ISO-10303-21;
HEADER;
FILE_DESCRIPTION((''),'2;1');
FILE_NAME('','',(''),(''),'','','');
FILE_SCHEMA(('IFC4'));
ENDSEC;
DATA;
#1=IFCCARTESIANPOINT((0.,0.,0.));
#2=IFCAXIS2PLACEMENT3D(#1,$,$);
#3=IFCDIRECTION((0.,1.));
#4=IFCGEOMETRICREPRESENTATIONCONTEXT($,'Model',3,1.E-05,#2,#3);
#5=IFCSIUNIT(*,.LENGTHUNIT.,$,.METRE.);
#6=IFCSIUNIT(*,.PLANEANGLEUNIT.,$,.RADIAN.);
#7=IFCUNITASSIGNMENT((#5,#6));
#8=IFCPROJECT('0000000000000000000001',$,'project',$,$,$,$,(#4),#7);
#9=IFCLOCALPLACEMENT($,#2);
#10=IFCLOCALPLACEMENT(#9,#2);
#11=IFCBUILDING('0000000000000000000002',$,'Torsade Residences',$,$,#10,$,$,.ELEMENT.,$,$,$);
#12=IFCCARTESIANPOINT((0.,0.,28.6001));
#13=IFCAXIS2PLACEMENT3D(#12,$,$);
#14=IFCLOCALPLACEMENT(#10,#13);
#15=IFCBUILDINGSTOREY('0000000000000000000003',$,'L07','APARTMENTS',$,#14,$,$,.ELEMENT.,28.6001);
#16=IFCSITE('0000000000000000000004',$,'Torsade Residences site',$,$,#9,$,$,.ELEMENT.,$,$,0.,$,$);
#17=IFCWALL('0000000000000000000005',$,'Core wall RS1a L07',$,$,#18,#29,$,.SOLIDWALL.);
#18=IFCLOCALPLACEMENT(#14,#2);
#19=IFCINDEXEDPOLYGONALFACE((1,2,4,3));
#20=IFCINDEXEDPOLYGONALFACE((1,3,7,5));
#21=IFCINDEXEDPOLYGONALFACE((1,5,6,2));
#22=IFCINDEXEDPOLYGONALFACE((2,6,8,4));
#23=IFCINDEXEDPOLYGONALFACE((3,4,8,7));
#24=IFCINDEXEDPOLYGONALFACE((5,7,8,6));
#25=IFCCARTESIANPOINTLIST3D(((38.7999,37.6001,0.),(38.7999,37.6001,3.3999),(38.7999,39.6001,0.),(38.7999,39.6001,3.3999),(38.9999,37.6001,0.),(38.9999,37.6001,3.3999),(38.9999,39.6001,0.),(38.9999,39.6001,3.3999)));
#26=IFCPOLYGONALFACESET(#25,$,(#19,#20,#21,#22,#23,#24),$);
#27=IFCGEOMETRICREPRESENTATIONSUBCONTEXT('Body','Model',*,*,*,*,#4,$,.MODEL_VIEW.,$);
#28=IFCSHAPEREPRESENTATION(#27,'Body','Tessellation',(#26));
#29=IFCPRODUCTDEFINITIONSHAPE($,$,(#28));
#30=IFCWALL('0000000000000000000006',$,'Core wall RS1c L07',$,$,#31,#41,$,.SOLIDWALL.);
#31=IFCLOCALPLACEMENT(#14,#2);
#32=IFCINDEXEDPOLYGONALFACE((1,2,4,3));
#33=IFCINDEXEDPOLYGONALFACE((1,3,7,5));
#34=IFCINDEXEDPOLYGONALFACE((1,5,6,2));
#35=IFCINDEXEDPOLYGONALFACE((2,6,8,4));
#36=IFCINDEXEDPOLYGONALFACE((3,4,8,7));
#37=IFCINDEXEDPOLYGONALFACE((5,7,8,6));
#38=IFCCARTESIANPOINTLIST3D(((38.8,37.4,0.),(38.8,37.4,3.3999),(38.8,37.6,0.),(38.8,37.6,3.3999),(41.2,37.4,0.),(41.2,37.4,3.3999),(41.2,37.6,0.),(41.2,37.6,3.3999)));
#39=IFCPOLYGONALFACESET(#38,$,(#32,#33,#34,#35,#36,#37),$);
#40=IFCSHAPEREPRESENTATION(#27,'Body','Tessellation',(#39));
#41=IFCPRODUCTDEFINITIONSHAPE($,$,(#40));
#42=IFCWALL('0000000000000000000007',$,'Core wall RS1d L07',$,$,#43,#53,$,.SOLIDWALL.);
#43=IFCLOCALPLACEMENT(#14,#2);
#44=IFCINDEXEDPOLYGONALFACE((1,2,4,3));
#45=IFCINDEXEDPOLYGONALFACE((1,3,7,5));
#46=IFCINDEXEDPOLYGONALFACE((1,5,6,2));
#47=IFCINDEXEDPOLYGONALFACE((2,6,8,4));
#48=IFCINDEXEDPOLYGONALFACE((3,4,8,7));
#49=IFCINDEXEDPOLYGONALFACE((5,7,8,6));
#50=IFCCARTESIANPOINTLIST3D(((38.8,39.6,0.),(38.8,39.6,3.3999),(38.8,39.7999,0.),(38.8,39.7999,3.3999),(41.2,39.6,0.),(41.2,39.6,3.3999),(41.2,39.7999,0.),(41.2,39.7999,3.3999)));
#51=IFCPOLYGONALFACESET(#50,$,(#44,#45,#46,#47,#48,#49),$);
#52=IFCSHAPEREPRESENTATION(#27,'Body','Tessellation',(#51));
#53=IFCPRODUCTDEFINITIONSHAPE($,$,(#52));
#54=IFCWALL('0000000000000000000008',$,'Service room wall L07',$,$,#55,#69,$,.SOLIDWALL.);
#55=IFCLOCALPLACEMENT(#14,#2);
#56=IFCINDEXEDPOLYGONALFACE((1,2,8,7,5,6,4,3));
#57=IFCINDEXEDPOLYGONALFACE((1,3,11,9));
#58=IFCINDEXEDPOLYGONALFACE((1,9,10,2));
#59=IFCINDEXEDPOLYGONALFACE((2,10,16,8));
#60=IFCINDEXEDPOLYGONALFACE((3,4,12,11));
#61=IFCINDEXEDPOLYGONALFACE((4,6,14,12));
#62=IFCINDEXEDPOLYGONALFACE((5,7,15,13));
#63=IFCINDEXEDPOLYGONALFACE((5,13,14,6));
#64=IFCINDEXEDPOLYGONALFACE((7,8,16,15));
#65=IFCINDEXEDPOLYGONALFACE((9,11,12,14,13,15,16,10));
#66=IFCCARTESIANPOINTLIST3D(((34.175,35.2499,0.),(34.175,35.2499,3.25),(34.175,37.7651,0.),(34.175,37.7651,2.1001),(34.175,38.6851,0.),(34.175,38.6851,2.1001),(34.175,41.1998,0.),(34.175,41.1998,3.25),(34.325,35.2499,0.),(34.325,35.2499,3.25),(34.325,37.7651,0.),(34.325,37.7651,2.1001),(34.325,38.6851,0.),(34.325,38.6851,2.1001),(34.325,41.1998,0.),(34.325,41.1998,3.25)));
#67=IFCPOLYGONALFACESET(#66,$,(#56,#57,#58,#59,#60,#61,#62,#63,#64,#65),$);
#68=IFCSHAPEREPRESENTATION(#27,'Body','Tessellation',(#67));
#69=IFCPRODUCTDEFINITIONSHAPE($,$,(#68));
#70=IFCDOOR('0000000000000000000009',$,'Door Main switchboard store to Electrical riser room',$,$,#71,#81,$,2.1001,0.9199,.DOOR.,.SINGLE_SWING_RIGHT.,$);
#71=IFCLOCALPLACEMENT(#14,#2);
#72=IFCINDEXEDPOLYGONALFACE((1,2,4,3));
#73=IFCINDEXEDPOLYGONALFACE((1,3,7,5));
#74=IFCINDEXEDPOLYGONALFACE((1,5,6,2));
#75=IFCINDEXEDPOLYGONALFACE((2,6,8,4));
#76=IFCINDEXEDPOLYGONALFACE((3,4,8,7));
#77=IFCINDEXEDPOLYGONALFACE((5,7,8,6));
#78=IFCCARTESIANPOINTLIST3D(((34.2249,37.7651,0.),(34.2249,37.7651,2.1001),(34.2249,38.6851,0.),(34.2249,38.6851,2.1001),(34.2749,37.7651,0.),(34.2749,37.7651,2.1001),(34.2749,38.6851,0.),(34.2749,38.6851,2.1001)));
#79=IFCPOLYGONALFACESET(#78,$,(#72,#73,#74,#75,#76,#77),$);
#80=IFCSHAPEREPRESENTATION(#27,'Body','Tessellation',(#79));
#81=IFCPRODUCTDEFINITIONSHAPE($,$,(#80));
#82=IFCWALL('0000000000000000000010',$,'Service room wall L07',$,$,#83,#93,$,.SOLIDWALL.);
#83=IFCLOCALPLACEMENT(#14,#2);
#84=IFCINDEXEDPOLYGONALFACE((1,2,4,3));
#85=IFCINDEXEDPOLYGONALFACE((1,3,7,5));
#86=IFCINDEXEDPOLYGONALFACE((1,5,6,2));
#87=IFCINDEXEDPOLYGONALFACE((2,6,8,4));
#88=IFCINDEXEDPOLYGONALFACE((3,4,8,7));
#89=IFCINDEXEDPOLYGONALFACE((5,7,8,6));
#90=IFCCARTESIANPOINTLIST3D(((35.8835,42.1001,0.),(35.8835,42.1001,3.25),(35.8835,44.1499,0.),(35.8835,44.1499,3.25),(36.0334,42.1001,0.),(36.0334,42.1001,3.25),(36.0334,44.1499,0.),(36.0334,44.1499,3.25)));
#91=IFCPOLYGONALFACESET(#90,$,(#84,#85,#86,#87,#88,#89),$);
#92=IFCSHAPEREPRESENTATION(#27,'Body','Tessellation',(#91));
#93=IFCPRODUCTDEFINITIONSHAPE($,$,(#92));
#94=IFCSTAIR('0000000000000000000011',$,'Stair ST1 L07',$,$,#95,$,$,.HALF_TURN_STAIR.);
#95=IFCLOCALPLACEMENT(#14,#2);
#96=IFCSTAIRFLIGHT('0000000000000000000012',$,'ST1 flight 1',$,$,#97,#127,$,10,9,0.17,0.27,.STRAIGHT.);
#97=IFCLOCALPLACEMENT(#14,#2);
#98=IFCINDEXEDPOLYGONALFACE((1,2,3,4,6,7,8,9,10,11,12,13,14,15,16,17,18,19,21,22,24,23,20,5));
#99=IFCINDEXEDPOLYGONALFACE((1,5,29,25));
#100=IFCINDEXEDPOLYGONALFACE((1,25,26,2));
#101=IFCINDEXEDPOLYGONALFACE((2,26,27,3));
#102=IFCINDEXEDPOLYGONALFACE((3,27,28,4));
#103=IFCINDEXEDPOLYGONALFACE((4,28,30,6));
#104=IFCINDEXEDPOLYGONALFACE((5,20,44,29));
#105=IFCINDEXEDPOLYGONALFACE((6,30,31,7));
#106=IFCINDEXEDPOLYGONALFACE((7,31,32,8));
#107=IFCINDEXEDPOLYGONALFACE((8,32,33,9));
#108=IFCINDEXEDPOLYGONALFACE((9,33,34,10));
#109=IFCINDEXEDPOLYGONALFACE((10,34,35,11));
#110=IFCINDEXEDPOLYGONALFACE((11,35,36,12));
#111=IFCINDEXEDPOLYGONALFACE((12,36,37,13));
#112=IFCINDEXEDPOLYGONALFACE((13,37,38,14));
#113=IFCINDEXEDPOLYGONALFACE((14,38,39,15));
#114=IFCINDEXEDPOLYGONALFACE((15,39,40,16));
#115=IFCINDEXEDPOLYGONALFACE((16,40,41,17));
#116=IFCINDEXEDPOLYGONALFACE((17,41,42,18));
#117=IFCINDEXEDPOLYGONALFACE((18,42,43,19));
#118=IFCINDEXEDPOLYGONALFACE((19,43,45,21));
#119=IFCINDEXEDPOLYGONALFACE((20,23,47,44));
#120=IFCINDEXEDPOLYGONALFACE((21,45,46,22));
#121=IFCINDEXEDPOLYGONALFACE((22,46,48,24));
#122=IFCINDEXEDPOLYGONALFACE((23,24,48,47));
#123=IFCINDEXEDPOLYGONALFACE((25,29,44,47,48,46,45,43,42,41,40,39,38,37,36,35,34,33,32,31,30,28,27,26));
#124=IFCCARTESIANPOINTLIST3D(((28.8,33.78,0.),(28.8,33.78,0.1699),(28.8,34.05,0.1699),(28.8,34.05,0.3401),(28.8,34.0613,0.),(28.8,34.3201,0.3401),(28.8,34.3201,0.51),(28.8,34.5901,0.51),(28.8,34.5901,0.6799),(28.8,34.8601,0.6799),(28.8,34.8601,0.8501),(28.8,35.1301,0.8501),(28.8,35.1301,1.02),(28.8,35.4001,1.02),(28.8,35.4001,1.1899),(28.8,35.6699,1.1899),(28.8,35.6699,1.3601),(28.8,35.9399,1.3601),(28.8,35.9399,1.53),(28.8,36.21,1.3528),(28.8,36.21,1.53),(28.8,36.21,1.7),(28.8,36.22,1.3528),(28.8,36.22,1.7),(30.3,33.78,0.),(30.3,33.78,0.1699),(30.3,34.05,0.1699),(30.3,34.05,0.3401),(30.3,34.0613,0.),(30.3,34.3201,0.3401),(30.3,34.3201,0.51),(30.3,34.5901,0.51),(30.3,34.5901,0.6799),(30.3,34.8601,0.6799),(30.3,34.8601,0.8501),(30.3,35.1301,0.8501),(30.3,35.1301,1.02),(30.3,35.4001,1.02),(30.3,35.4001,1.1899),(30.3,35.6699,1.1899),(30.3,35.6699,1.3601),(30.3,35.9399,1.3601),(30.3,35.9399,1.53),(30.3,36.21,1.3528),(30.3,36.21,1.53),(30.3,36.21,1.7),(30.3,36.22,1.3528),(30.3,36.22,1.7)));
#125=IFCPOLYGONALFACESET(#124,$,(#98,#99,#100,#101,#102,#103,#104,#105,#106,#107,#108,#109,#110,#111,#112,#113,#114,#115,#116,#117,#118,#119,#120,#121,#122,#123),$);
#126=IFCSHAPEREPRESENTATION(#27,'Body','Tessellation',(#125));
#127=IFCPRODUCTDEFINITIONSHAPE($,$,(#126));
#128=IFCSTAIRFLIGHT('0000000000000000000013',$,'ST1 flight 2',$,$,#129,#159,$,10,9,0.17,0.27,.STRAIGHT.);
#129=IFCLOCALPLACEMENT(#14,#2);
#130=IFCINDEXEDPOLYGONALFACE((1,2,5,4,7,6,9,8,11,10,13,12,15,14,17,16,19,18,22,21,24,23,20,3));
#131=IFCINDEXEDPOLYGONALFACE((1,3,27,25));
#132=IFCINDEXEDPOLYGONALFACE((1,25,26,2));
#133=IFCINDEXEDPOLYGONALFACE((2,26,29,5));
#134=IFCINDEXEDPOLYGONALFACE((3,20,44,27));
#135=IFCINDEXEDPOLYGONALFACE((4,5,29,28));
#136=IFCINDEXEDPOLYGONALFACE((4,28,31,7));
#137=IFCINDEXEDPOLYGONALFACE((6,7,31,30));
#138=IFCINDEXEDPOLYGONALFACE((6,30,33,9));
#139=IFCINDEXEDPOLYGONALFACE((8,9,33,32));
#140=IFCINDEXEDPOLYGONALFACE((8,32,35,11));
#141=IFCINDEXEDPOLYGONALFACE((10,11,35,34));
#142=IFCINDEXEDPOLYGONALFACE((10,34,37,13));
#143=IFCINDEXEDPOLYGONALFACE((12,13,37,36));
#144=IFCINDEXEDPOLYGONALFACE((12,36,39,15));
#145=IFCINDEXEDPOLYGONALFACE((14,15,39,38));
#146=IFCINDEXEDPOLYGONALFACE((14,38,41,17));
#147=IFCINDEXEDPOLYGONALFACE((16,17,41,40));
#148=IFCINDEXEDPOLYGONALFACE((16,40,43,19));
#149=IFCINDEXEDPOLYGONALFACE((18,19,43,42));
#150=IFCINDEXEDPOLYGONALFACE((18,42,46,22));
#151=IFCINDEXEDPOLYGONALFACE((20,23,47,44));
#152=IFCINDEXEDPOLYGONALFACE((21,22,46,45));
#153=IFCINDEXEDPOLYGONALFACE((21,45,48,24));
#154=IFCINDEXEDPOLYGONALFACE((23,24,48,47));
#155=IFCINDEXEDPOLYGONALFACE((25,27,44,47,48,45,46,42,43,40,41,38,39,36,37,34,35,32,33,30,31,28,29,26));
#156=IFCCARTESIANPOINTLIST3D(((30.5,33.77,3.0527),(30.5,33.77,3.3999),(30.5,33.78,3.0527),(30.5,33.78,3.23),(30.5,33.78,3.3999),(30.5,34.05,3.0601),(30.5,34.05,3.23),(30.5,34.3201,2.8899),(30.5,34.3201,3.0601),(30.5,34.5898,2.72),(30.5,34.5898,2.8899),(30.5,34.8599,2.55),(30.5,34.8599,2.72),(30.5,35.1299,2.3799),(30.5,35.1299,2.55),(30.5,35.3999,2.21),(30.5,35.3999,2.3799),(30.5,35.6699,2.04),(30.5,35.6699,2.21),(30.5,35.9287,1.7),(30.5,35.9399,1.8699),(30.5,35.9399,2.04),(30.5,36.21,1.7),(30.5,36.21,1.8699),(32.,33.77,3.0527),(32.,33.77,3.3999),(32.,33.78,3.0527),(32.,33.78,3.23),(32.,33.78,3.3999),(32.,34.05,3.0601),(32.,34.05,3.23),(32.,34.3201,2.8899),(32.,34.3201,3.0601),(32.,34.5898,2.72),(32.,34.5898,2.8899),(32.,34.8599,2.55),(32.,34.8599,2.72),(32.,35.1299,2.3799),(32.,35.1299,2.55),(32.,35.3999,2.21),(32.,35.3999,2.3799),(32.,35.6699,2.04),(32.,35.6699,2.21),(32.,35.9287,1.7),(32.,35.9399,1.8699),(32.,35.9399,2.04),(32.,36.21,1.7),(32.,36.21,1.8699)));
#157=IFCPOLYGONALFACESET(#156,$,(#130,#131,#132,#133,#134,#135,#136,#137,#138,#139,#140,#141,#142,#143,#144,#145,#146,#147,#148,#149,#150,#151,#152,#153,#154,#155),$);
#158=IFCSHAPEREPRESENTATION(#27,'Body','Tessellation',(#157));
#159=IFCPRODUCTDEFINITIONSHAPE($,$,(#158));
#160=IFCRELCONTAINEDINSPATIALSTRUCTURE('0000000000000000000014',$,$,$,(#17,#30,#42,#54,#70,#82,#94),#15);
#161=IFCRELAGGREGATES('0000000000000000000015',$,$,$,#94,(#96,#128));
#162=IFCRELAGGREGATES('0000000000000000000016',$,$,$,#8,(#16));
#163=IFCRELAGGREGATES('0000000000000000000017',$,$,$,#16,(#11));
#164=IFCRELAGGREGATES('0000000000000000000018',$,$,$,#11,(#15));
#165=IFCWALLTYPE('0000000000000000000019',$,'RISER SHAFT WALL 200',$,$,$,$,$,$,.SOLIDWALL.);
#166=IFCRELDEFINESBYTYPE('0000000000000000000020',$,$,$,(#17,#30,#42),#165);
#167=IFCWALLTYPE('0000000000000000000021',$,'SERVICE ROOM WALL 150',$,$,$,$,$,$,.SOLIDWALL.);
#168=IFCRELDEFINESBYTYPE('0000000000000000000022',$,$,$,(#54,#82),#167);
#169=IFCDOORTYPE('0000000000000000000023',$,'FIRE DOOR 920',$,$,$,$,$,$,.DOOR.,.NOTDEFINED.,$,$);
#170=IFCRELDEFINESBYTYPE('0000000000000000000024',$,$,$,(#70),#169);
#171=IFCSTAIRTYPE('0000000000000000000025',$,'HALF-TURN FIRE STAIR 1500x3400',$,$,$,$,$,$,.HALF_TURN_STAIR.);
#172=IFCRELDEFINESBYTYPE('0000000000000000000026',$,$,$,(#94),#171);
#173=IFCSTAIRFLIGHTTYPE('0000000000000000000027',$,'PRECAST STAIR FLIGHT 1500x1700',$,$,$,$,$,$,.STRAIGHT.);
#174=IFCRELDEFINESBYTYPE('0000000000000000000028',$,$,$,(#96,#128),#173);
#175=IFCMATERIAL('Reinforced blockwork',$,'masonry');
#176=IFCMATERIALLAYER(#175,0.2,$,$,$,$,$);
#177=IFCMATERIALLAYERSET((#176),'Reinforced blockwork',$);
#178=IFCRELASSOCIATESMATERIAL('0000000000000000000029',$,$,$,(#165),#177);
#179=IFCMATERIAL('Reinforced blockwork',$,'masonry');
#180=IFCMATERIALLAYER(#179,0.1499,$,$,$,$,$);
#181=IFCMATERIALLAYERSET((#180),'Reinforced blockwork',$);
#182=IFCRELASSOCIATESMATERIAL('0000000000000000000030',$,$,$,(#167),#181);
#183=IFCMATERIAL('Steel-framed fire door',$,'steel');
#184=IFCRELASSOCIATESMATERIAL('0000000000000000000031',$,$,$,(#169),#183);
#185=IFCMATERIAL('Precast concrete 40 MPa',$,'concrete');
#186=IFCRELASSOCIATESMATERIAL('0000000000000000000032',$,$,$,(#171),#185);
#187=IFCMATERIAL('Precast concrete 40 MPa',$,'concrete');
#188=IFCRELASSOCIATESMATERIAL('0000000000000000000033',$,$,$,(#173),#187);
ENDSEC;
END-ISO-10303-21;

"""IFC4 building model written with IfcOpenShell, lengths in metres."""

from ifc_helpers import new_model, si_unit, direction, frame, frame_2d, origin, place, context, subcontext, project, spatial, polyline, rectangle, outline, extrude, material, layer, layer_set, type_object, element, fill, aggregate, save


model = new_model("IFC4")

# Units and contexts
model_context = context("Model", 3, precision=1e-05, world=origin(), true_north=direction((0.0, 1.0)))
body_context = subcontext(model_context, "Body", "Model", "MODEL_VIEW")
ifc_project = project(units=[si_unit("LENGTHUNIT", "METRE"), si_unit("PLANEANGLEUNIT", "RADIAN")], contexts=[model_context])

# Site, building, storey
site_placement = place(None, origin())
site = spatial("IfcSite", under=ifc_project, at=site_placement, Name="Torsade Residences site", CompositionType="ELEMENT", RefElevation=0.0)
building_placement = place(site_placement, origin())
building = spatial("IfcBuilding", under=site, at=building_placement, Name="Torsade Residences", CompositionType="ELEMENT")
storey_placement = place(building_placement, frame((0.0, 0.0, 28.6001)))
storey = spatial("IfcBuildingStorey", under=building, at=storey_placement, Name="L07", Description="APARTMENTS", CompositionType="ELEMENT", Elevation=28.6001)

# Walls
ifc_material_1 = material(Name="Reinforced blockwork", Category="masonry")
ifc_layer_1 = layer(ifc_material_1, 0.2)
ifc_layer_set_1 = layer_set([ifc_layer_1], Name="Reinforced blockwork")
wall_type_1 = type_object("IfcWallType", Name="RISER SHAFT WALL 200", PredefinedType="SOLIDWALL", material=ifc_layer_set_1)
wall_1_placement = place(storey_placement, frame((38.8999, 37.6001, 0.0), z_axis=(0.0, 0.0, 1.0), x_axis=(0.0, 1.0, 0.0)))
element("IfcWall", 1, at=wall_1_placement, inside=storey, type_object=wall_type_1, Name="Core wall RS1a L07", PredefinedType="SOLIDWALL", context=body_context, shape_type="SweptSolid", body=[
    extrude(rectangle(XDim=2.0, YDim=0.2, at=frame_2d((1.0, 0.0))), origin(), (0.0, 0.0, 1.0), 3.3999),
])
for number, where, z_axis, x_axis, name in (
    (2, (38.8, 37.5, 0.0), (0.0, 0.0, 1.0), (1.0, 0.0, 0.0), "Core wall RS1c L07"),
    (3, (38.8, 39.7, 0.0), (0.0, 0.0, 1.0), (1.0, 0.0, 0.0), "Core wall RS1d L07"),
):
    element("IfcWall", number, at=place(storey_placement, frame(where, z_axis=z_axis, x_axis=x_axis)), inside=storey, type_object=wall_type_1, Name=name, PredefinedType="SOLIDWALL", context=body_context, shape_type="SweptSolid", body=[
        extrude(rectangle(XDim=2.3999, YDim=0.2, at=frame_2d((1.2, 0.0))), origin(), (0.0, 0.0, 1.0), 3.3999),
    ])

# Wall, opening, door
ifc_material_2 = material(Name="Reinforced blockwork", Category="masonry")
ifc_layer_2 = layer(ifc_material_2, 0.1499)
ifc_layer_set_2 = layer_set([ifc_layer_2], Name="Reinforced blockwork")
wall_type_2 = type_object("IfcWallType", Name="SERVICE ROOM WALL 150", PredefinedType="SOLIDWALL", material=ifc_layer_set_2)
wall_2_placement = place(storey_placement, frame((34.25, 41.2, 0.0), z_axis=(0.0, 0.0, 1.0), x_axis=(0.0, -1.0, 0.0)))
wall_2 = element("IfcWall", 4, at=wall_2_placement, inside=storey, type_object=wall_type_2, Name="Service room wall L07", PredefinedType="SOLIDWALL", context=body_context, shape_type="SweptSolid", body=[
    extrude(rectangle(XDim=5.95, YDim=0.1499, at=frame_2d((2.9751, 0.0))), origin(), (0.0, 0.0, 1.0), 3.25),
])
opening_placement = place(wall_2_placement, frame((2.5149, 0.0, 0.0)))
opening = element("IfcOpeningElement", 5, at=opening_placement, cuts=wall_2, PredefinedType="OPENING", context=body_context, shape_type="SweptSolid", body=[
    extrude(rectangle(XDim=0.9199, YDim=2.1001, at=frame_2d((0.46, 1.05))), frame((0.0, 0.085, 0.0), z_axis=(0.0, -1.0, 0.0), x_axis=(1.0, 0.0, 0.0)), (0.0, 0.0, 1.0), 0.1699),
])
ifc_material_3 = material(Name="Steel-framed fire door", Category="steel")
door_type = type_object("IfcDoorType", Name="FIRE DOOR 920", OperationType="NOTDEFINED", PredefinedType="DOOR", material=ifc_material_3)
door_placement = place(opening_placement, origin())
door = element("IfcDoor", 6, at=door_placement, inside=storey, type_object=door_type, Name="Door Main switchboard store to Electrical riser room", OperationType="SINGLE_SWING_RIGHT", OverallHeight=2.1001, OverallWidth=0.9199, PredefinedType="DOOR", context=body_context, shape_type="SweptSolid", body=[
    extrude(rectangle(XDim=0.9199, YDim=2.1001, at=frame_2d((0.46, 1.05))), frame((0.0, 0.0249, 0.0), z_axis=(0.0, -1.0, 0.0), x_axis=(1.0, 0.0, 0.0)), (0.0, 0.0, 1.0), 0.05),
])
fill(opening, door)

# Wall
wall_3_placement = place(storey_placement, frame((35.9585, 42.1001, 0.0), z_axis=(0.0, 0.0, 1.0), x_axis=(0.0, 1.0, 0.0)))
element("IfcWall", 7, at=wall_3_placement, inside=storey, type_object=wall_type_2, Name="Service room wall L07", PredefinedType="SOLIDWALL", context=body_context, shape_type="SweptSolid", body=[
    extrude(rectangle(XDim=2.0498, YDim=0.1499, at=frame_2d((1.0249, 0.0))), origin(), (0.0, 0.0, 1.0), 3.25),
])

# Stair, stair flights
ifc_material_4 = material(Name="Precast concrete 40 MPa", Category="concrete")
stair_type = type_object("IfcStairType", Name="HALF-TURN FIRE STAIR 1500x3400", PredefinedType="HALF_TURN_STAIR", material=ifc_material_4)
stair_placement = place(storey_placement, origin())
stair = element("IfcStair", 8, at=stair_placement, inside=storey, type_object=stair_type, Name="Stair ST1 L07", PredefinedType="HALF_TURN_STAIR")
ifc_material_5 = material(Name="Precast concrete 40 MPa", Category="concrete")
stair_flight_type = type_object("IfcStairFlightType", Name="PRECAST STAIR FLIGHT 1500x1700", PredefinedType="STRAIGHT", material=ifc_material_5)
stair_flight_1_placement = place(storey_placement, frame((29.55, 33.78, 0.0), z_axis=(0.0, 0.0, 1.0), x_axis=(0.0, 1.0, 0.0)))
stair_flight_1 = element("IfcStairFlight", 9, at=stair_flight_1_placement, type_object=stair_flight_type, Name="ST1 flight 1", NumberOfRisers=10, NumberOfTreads=9, PredefinedType="STRAIGHT", RiserHeight=0.17, TreadLength=0.27, context=body_context, shape_type="SweptSolid", body=[
    extrude(outline(polyline([(0.0, 0.0), (0.0, 0.1699), (0.27, 0.1699), (0.27, 0.3401), (0.54, 0.3401), (0.54, 0.51), (0.8101, 0.51), (0.8101, 0.6799), (1.0801, 0.6799), (1.0801, 0.8501), (1.3501, 0.8501), (1.3501, 1.02), (1.6201, 1.02), (1.6201, 1.1899), (1.8899, 1.1899), (1.8899, 1.3601), (2.1599, 1.3601), (2.1599, 1.53), (2.4299, 1.53), (2.4299, 1.7), (2.4399, 1.7), (2.4399, 1.3528), (2.4299, 1.3528), (0.2812, 0.0), (0.0, 0.0)])), frame((0.0, 0.75, 0.0), z_axis=(0.0, -1.0, 0.0), x_axis=(1.0, 0.0, 0.0)), (0.0, 0.0, 1.0), 1.5),
])
stair_flight_2_placement = place(storey_placement, frame((31.25, 36.21, 1.7), z_axis=(0.0, 0.0, 1.0), x_axis=(0.0, -1.0, 0.0)))
stair_flight_2 = element("IfcStairFlight", 10, at=stair_flight_2_placement, type_object=stair_flight_type, Name="ST1 flight 2", NumberOfRisers=10, NumberOfTreads=9, PredefinedType="STRAIGHT", RiserHeight=0.17, TreadLength=0.27, context=body_context, shape_type="SweptSolid", body=[
    extrude(outline(polyline([(0.0, 0.0), (0.0, 0.1699), (0.27, 0.1699), (0.27, 0.3401), (0.54, 0.3401), (0.54, 0.51), (0.8101, 0.51), (0.8101, 0.6799), (1.0801, 0.6799), (1.0801, 0.8501), (1.3501, 0.8501), (1.3501, 1.02), (1.6201, 1.02), (1.6201, 1.1899), (1.8899, 1.1899), (1.8899, 1.3601), (2.1599, 1.3601), (2.1599, 1.53), (2.4299, 1.53), (2.4299, 1.7), (2.4399, 1.7), (2.4399, 1.3528), (2.4299, 1.3528), (0.2812, 0.0), (0.0, 0.0)])), frame((0.0, 0.75, 0.0), z_axis=(0.0, -1.0, 0.0), x_axis=(1.0, 0.0, 0.0)), (0.0, 0.0, 1.0), 1.5),
])
aggregate(stair, [stair_flight_1, stair_flight_2])

save(model, "model.ifc")
